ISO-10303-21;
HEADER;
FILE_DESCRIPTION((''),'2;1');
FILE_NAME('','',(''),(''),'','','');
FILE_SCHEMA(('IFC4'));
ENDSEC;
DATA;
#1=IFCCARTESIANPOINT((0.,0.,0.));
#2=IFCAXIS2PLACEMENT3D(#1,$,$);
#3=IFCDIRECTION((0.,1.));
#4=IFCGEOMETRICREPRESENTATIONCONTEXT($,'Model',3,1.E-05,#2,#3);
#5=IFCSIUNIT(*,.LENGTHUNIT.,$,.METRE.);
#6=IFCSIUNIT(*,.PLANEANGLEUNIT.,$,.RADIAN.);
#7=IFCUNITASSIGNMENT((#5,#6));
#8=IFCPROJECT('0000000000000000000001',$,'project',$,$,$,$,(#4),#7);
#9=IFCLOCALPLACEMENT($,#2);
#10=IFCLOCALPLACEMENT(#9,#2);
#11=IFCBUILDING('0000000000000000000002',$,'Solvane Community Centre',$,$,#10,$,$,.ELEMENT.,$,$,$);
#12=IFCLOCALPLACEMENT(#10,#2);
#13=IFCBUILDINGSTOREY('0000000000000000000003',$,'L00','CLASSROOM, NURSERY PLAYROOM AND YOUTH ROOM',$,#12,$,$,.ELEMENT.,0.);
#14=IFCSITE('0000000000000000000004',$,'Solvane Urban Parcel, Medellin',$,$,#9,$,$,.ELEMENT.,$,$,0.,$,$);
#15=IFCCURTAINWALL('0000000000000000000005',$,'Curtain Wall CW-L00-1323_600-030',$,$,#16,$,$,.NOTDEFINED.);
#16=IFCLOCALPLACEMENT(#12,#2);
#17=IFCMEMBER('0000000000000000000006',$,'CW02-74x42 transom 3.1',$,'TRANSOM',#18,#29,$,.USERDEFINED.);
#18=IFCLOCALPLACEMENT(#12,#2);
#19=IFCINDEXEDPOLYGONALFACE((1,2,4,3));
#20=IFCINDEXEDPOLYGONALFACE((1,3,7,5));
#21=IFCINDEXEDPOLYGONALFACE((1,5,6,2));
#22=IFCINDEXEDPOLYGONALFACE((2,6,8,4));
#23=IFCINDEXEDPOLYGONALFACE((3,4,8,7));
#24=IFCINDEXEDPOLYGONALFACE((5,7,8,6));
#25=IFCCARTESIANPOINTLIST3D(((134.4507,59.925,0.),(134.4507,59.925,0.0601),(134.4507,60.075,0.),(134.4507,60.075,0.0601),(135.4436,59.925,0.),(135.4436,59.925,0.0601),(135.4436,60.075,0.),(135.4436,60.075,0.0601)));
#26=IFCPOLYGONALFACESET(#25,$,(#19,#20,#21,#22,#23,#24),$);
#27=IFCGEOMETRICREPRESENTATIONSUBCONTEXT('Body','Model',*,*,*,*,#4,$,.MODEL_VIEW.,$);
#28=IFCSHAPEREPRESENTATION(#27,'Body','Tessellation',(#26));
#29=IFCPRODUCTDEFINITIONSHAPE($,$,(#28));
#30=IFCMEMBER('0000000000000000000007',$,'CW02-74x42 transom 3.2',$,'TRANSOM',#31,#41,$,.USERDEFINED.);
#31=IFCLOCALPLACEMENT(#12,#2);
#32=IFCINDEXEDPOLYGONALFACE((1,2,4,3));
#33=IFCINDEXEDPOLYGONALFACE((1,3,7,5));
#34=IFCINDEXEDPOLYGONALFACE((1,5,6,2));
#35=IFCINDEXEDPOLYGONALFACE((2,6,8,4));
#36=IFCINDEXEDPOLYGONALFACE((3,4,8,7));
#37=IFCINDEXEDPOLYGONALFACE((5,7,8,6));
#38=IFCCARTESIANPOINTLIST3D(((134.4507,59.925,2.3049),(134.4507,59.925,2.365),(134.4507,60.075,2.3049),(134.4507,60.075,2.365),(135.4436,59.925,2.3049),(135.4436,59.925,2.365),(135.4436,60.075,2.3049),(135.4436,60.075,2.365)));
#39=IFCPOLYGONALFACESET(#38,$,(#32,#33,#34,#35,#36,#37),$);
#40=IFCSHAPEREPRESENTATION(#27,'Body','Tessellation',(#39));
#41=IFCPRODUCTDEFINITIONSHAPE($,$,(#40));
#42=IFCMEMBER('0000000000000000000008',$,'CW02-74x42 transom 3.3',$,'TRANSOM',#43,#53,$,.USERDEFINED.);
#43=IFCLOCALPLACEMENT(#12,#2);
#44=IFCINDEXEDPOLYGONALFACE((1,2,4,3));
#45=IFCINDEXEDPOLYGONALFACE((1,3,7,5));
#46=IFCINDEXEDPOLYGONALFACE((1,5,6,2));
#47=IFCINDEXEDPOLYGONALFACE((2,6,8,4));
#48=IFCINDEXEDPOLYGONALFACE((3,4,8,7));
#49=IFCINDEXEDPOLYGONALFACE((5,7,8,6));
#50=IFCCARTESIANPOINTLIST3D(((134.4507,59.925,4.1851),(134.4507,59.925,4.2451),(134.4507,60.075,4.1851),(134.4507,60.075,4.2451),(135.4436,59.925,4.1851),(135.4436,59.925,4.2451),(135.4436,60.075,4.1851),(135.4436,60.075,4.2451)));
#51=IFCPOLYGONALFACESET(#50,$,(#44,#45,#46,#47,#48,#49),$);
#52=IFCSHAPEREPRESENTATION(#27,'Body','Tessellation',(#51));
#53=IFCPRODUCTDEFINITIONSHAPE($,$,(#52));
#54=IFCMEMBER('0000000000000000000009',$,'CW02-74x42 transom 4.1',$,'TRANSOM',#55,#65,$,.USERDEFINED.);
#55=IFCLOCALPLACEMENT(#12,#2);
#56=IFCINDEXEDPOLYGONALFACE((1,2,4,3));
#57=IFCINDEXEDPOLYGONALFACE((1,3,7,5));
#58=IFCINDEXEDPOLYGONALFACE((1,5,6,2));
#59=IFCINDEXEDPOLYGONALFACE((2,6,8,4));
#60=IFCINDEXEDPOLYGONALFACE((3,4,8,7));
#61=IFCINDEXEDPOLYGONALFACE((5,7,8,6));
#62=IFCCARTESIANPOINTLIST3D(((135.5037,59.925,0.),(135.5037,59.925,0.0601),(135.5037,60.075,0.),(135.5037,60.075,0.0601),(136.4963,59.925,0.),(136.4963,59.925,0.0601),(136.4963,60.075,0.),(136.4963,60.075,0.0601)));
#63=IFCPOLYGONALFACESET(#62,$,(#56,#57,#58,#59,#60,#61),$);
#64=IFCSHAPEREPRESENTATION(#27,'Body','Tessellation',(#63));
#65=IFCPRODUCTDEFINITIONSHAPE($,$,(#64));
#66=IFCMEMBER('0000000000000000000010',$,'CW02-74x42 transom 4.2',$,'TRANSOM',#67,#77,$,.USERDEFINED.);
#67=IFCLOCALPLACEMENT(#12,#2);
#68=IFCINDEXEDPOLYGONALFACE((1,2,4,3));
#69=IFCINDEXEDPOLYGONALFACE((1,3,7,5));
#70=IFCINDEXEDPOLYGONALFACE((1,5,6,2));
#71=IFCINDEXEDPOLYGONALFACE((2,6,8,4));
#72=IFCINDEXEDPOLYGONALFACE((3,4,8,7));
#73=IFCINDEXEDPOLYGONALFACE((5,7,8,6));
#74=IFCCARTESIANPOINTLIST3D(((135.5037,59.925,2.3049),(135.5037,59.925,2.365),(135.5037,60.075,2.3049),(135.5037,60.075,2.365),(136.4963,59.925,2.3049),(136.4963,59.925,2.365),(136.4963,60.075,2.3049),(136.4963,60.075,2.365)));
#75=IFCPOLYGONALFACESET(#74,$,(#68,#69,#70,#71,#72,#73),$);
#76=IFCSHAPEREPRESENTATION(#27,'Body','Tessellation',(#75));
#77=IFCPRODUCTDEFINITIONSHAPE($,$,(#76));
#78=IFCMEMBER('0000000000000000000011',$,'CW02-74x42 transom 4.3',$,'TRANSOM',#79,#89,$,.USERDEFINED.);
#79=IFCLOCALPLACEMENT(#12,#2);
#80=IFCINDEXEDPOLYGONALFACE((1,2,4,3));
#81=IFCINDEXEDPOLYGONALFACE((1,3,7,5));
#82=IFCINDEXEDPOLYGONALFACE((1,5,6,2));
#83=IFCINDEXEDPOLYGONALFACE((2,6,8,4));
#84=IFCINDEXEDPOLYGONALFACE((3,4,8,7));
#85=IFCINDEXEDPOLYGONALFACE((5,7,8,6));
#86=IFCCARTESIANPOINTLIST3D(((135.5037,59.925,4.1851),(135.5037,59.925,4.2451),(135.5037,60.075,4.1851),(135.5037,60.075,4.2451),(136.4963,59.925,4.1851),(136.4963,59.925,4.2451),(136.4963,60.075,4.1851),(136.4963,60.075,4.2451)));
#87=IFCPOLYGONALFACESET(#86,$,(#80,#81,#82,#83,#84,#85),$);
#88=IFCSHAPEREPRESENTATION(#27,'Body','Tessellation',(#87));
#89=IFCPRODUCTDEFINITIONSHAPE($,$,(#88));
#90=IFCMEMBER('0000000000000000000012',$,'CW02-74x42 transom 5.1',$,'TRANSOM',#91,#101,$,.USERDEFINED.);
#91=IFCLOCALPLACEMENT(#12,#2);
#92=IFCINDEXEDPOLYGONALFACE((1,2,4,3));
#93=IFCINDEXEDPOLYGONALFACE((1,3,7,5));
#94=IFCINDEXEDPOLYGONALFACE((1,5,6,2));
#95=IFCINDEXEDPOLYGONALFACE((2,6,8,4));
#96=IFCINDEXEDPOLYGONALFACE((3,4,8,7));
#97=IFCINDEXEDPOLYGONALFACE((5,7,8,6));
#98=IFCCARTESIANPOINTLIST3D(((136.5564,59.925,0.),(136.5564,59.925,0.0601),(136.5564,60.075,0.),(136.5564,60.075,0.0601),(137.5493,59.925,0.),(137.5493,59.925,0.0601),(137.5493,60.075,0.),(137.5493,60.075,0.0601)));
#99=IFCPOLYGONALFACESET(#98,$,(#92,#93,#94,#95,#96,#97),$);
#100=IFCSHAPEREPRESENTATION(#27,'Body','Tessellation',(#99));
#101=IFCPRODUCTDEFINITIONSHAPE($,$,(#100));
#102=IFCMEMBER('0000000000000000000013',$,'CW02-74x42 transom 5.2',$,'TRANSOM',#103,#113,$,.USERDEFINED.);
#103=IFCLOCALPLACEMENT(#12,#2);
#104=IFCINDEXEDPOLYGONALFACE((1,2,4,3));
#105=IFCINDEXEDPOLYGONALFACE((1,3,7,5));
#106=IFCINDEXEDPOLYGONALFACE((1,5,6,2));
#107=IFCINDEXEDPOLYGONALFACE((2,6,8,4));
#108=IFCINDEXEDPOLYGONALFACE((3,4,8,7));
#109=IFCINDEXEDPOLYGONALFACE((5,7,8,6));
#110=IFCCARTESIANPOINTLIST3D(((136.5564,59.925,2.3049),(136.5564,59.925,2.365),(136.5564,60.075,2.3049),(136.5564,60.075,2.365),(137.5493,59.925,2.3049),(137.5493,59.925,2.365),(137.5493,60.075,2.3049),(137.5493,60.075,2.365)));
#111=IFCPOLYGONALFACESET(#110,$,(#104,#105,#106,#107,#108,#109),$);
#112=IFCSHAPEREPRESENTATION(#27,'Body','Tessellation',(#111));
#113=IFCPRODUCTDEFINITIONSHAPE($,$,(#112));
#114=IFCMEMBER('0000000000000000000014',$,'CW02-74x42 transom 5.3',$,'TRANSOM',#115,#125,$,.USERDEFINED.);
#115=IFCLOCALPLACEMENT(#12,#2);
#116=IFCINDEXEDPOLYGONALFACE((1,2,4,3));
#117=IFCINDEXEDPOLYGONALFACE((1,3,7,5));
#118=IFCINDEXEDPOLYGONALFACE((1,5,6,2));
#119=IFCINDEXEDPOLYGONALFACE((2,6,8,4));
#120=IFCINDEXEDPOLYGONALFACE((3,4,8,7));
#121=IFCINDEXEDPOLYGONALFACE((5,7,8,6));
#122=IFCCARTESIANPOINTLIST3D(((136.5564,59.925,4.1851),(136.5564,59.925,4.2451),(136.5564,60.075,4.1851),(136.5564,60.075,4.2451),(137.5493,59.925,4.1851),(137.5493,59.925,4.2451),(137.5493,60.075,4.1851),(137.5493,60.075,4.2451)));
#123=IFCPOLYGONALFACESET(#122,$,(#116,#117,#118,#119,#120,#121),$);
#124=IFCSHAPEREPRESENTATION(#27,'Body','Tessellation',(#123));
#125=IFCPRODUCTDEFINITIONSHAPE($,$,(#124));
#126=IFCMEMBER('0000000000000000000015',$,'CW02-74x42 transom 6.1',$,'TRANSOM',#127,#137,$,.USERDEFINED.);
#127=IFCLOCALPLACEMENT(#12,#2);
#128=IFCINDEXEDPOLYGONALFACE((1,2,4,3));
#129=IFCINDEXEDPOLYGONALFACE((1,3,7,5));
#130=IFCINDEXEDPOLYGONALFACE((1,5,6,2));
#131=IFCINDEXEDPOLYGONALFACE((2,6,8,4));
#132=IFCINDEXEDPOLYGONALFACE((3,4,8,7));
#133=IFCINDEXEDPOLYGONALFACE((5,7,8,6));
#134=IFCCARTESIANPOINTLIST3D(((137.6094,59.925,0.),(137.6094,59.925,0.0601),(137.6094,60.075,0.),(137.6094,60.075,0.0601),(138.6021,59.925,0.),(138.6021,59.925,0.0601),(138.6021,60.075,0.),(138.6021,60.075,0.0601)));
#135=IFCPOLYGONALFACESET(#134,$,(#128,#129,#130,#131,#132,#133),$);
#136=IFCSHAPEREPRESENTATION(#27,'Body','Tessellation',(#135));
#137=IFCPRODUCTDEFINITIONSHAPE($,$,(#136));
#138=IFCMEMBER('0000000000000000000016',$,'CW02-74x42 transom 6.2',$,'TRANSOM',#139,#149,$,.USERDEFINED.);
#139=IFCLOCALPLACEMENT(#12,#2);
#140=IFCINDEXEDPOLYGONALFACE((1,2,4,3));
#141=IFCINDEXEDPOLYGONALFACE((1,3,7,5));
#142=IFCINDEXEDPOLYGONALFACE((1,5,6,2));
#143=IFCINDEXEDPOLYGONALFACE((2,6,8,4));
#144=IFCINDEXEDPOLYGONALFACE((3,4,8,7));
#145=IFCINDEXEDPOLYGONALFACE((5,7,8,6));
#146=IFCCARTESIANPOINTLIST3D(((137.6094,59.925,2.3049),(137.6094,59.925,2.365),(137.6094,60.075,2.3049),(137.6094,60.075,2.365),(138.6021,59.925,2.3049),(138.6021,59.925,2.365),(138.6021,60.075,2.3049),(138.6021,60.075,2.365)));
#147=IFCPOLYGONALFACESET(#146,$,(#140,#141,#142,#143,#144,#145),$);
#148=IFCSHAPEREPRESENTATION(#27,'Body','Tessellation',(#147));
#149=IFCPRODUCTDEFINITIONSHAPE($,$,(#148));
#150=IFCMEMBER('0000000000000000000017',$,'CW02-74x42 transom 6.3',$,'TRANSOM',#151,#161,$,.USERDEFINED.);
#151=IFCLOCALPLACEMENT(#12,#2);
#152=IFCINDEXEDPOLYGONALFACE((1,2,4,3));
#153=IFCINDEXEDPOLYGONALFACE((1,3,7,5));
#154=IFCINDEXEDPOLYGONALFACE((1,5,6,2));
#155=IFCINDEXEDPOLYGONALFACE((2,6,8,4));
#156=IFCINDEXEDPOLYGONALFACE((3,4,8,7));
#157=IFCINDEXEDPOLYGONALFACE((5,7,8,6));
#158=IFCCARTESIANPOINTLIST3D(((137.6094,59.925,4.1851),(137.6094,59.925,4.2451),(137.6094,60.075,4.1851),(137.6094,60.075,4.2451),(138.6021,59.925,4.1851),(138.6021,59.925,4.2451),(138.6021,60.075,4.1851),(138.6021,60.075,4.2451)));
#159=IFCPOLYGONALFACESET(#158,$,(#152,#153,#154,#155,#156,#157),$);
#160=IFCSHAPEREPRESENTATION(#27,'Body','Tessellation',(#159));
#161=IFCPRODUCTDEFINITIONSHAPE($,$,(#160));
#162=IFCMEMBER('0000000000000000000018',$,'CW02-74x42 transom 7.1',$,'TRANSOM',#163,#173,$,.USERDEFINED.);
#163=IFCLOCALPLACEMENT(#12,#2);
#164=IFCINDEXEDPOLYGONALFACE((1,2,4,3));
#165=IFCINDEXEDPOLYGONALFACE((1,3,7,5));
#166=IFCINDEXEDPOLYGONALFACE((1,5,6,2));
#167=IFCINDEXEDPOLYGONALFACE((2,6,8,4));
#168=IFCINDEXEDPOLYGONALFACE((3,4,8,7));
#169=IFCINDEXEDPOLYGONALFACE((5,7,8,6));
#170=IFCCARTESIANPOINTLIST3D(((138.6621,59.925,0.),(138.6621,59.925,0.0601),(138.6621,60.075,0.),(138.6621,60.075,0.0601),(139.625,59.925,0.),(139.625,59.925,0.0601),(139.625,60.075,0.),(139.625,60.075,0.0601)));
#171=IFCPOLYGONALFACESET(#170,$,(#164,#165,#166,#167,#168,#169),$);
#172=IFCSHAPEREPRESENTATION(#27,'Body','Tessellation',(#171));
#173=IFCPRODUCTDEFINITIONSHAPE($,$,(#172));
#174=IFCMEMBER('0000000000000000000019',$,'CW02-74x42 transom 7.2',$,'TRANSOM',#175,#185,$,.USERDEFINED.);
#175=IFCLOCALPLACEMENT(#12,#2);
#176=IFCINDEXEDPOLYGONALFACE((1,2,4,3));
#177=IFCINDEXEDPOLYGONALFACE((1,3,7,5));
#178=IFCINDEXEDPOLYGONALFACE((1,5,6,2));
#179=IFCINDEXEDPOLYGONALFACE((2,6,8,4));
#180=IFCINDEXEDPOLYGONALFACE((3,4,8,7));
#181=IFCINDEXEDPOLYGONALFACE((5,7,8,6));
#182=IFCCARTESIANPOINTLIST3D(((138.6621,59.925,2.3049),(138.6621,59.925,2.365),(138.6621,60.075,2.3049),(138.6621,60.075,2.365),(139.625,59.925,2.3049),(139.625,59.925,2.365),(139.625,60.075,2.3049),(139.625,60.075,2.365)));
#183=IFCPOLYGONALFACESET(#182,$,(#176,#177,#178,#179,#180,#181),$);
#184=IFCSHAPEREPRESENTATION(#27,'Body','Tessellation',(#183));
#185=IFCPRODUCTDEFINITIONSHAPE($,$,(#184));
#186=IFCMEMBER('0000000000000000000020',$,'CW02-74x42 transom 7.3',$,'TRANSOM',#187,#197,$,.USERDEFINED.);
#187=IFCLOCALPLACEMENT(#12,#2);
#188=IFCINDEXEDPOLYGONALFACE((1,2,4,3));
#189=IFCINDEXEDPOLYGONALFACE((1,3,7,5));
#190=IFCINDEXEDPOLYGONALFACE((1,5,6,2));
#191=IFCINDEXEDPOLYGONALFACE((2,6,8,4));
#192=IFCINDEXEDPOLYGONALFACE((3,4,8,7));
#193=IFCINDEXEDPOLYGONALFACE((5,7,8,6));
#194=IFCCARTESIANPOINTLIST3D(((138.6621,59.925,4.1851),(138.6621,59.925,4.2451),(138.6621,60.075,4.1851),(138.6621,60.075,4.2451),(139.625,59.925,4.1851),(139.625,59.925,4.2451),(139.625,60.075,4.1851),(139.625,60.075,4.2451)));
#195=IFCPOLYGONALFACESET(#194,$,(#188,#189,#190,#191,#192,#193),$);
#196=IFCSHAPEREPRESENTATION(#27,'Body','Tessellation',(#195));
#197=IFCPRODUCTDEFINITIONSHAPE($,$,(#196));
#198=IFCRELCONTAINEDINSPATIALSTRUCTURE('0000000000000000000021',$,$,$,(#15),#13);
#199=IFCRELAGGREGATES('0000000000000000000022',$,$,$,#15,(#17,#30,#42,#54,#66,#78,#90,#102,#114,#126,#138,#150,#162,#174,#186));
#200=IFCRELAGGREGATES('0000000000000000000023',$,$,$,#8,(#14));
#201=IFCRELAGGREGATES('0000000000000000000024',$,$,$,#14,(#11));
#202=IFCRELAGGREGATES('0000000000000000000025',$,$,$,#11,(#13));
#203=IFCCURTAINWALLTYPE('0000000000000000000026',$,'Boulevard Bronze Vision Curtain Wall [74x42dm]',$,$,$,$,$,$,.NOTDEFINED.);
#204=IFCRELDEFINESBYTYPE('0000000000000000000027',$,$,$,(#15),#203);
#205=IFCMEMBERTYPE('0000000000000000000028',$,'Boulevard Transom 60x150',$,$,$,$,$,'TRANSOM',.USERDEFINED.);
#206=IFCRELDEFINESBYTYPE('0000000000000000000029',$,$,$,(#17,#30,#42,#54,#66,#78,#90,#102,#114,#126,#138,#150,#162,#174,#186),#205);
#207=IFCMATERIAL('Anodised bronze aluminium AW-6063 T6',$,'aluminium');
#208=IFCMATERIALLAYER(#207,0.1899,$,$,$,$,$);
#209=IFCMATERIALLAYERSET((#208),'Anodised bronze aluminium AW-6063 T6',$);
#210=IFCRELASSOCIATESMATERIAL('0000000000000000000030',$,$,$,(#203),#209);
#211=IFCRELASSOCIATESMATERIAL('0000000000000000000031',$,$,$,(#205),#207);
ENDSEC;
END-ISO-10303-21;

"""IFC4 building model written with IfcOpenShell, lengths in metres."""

from ifc_helpers import new_model, si_unit, direction, frame, origin, origin_2d, place, context, subcontext, project, spatial, rectangle, extrude, material, layer, layer_set, material_profile, profile_set, type_object, element, aggregate, save


model = new_model("IFC4")

# Units and contexts
model_context = context("Model", 3, precision=1e-05, world=origin(), true_north=direction((0.0, 1.0)))
body_context = subcontext(model_context, "Body", "Model", "MODEL_VIEW")
ifc_project = project(units=[si_unit("LENGTHUNIT", "METRE"), si_unit("PLANEANGLEUNIT", "RADIAN")], contexts=[model_context])

# Site, building, storey
site_placement = place(None, origin())
site = spatial("IfcSite", under=ifc_project, at=site_placement, Name="Solvane Urban Parcel, Medellin", CompositionType="ELEMENT", RefElevation=0.0)
building_placement = place(site_placement, origin())
building = spatial("IfcBuilding", under=site, at=building_placement, Name="Solvane Community Centre", CompositionType="ELEMENT")
storey_placement = place(building_placement, origin())
storey = spatial("IfcBuildingStorey", under=building, at=storey_placement, Name="L00", Description="CLASSROOM, NURSERY PLAYROOM AND YOUTH ROOM", CompositionType="ELEMENT", Elevation=0.0)

# Curtain wall, members
ifc_material_1 = material(Name="Anodised bronze aluminium AW-6063 T6", Category="aluminium")
ifc_layer_1 = layer(ifc_material_1, 0.1899)
ifc_layer_set_1 = layer_set([ifc_layer_1], Name="Anodised bronze aluminium AW-6063 T6")
curtain_wall_type = type_object("IfcCurtainWallType", Name="Boulevard Bronze Vision Curtain Wall [74x42dm]", PredefinedType="NOTDEFINED", material=ifc_layer_set_1)
curtain_wall_placement = place(storey_placement, origin())
curtain_wall = element("IfcCurtainWall", 1, at=curtain_wall_placement, inside=storey, type_object=curtain_wall_type, Name="Curtain Wall CW-L00-1323_600-030", PredefinedType="NOTDEFINED")
ifc_material_profile_1 = material_profile(ifc_material_1, rectangle(XDim=0.1499, YDim=0.0601, at=origin_2d()), Name="CW-T 60x150")
ifc_profile_set_1 = profile_set([ifc_material_profile_1], Name="Anodised bronze aluminium AW-6063 T6")
member_type_1 = type_object("IfcMemberType", Name="Boulevard Transom 60x150", ElementType="TRANSOM", PredefinedType="USERDEFINED", material=ifc_profile_set_1)
member_1_placement = place(storey_placement, frame((134.4507, 60.0, 0.03), z_axis=(1.0, 0.0, 0.0), x_axis=(0.0, 1.0, 0.0)))
member_1 = element("IfcMember", 2, at=member_1_placement, type_object=member_type_1, Name="CW02-74x42 transom 3.1", ObjectType="TRANSOM", PredefinedType="USERDEFINED", context=body_context, shape_type="SweptSolid", body=[
    extrude(rectangle(XDim=0.1499, YDim=0.0601, at=origin_2d()), origin(), (0.0, 0.0, 1.0), 0.9929),
])
member_2_placement = place(storey_placement, frame((134.4507, 60.0, 2.335), z_axis=(1.0, 0.0, 0.0), x_axis=(0.0, 1.0, 0.0)))
member_2 = element("IfcMember", 3, at=member_2_placement, type_object=member_type_1, Name="CW02-74x42 transom 3.2", ObjectType="TRANSOM", PredefinedType="USERDEFINED", context=body_context, shape_type="SweptSolid", body=[
    extrude(rectangle(XDim=0.1499, YDim=0.0601, at=origin_2d()), origin(), (0.0, 0.0, 1.0), 0.9929),
])
member_3_placement = place(storey_placement, frame((134.4507, 60.0, 4.2151), z_axis=(1.0, 0.0, 0.0), x_axis=(0.0, 1.0, 0.0)))
member_3 = element("IfcMember", 4, at=member_3_placement, type_object=member_type_1, Name="CW02-74x42 transom 3.3", ObjectType="TRANSOM", PredefinedType="USERDEFINED", context=body_context, shape_type="SweptSolid", body=[
    extrude(rectangle(XDim=0.1499, YDim=0.0601, at=origin_2d()), origin(), (0.0, 0.0, 1.0), 0.9929),
])
member_4_placement = place(storey_placement, frame((135.5037, 60.0, 0.03), z_axis=(1.0, 0.0, 0.0), x_axis=(0.0, 1.0, 0.0)))
member_4 = element("IfcMember", 5, at=member_4_placement, type_object=member_type_1, Name="CW02-74x42 transom 4.1", ObjectType="TRANSOM", PredefinedType="USERDEFINED", context=body_context, shape_type="SweptSolid", body=[
    extrude(rectangle(XDim=0.1499, YDim=0.0601, at=origin_2d()), origin(), (0.0, 0.0, 1.0), 0.9927),
])
member_5_placement = place(storey_placement, frame((135.5037, 60.0, 2.335), z_axis=(1.0, 0.0, 0.0), x_axis=(0.0, 1.0, 0.0)))
member_5 = element("IfcMember", 6, at=member_5_placement, type_object=member_type_1, Name="CW02-74x42 transom 4.2", ObjectType="TRANSOM", PredefinedType="USERDEFINED", context=body_context, shape_type="SweptSolid", body=[
    extrude(rectangle(XDim=0.1499, YDim=0.0601, at=origin_2d()), origin(), (0.0, 0.0, 1.0), 0.9927),
])
member_6_placement = place(storey_placement, frame((135.5037, 60.0, 4.2151), z_axis=(1.0, 0.0, 0.0), x_axis=(0.0, 1.0, 0.0)))
member_6 = element("IfcMember", 7, at=member_6_placement, type_object=member_type_1, Name="CW02-74x42 transom 4.3", ObjectType="TRANSOM", PredefinedType="USERDEFINED", context=body_context, shape_type="SweptSolid", body=[
    extrude(rectangle(XDim=0.1499, YDim=0.0601, at=origin_2d()), origin(), (0.0, 0.0, 1.0), 0.9927),
])
member_7_placement = place(storey_placement, frame((136.5564, 60.0, 0.03), z_axis=(1.0, 0.0, 0.0), x_axis=(0.0, 1.0, 0.0)))
member_7 = element("IfcMember", 8, at=member_7_placement, type_object=member_type_1, Name="CW02-74x42 transom 5.1", ObjectType="TRANSOM", PredefinedType="USERDEFINED", context=body_context, shape_type="SweptSolid", body=[
    extrude(rectangle(XDim=0.1499, YDim=0.0601, at=origin_2d()), origin(), (0.0, 0.0, 1.0), 0.9929),
])
member_8_placement = place(storey_placement, frame((136.5564, 60.0, 2.335), z_axis=(1.0, 0.0, 0.0), x_axis=(0.0, 1.0, 0.0)))
member_8 = element("IfcMember", 9, at=member_8_placement, type_object=member_type_1, Name="CW02-74x42 transom 5.2", ObjectType="TRANSOM", PredefinedType="USERDEFINED", context=body_context, shape_type="SweptSolid", body=[
    extrude(rectangle(XDim=0.1499, YDim=0.0601, at=origin_2d()), origin(), (0.0, 0.0, 1.0), 0.9929),
])
member_9_placement = place(storey_placement, frame((136.5564, 60.0, 4.2151), z_axis=(1.0, 0.0, 0.0), x_axis=(0.0, 1.0, 0.0)))
member_9 = element("IfcMember", 10, at=member_9_placement, type_object=member_type_1, Name="CW02-74x42 transom 5.3", ObjectType="TRANSOM", PredefinedType="USERDEFINED", context=body_context, shape_type="SweptSolid", body=[
    extrude(rectangle(XDim=0.1499, YDim=0.0601, at=origin_2d()), origin(), (0.0, 0.0, 1.0), 0.9929),
])
member_10_placement = place(storey_placement, frame((137.6094, 60.0, 0.03), z_axis=(1.0, 0.0, 0.0), x_axis=(0.0, 1.0, 0.0)))
member_10 = element("IfcMember", 11, at=member_10_placement, type_object=member_type_1, Name="CW02-74x42 transom 6.1", ObjectType="TRANSOM", PredefinedType="USERDEFINED", context=body_context, shape_type="SweptSolid", body=[
    extrude(rectangle(XDim=0.1499, YDim=0.0601, at=origin_2d()), origin(), (0.0, 0.0, 1.0), 0.9927),
])
member_11_placement = place(storey_placement, frame((137.6094, 60.0, 2.335), z_axis=(1.0, 0.0, 0.0), x_axis=(0.0, 1.0, 0.0)))
member_11 = element("IfcMember", 12, at=member_11_placement, type_object=member_type_1, Name="CW02-74x42 transom 6.2", ObjectType="TRANSOM", PredefinedType="USERDEFINED", context=body_context, shape_type="SweptSolid", body=[
    extrude(rectangle(XDim=0.1499, YDim=0.0601, at=origin_2d()), origin(), (0.0, 0.0, 1.0), 0.9927),
])
member_12_placement = place(storey_placement, frame((137.6094, 60.0, 4.2151), z_axis=(1.0, 0.0, 0.0), x_axis=(0.0, 1.0, 0.0)))
member_12 = element("IfcMember", 13, at=member_12_placement, type_object=member_type_1, Name="CW02-74x42 transom 6.3", ObjectType="TRANSOM", PredefinedType="USERDEFINED", context=body_context, shape_type="SweptSolid", body=[
    extrude(rectangle(XDim=0.1499, YDim=0.0601, at=origin_2d()), origin(), (0.0, 0.0, 1.0), 0.9927),
])
member_13_placement = place(storey_placement, frame((138.6621, 60.0, 0.03), z_axis=(1.0, 0.0, 0.0), x_axis=(0.0, 1.0, 0.0)))
member_13 = element("IfcMember", 14, at=member_13_placement, type_object=member_type_1, Name="CW02-74x42 transom 7.1", ObjectType="TRANSOM", PredefinedType="USERDEFINED", context=body_context, shape_type="SweptSolid", body=[
    extrude(rectangle(XDim=0.1499, YDim=0.0601, at=origin_2d()), origin(), (0.0, 0.0, 1.0), 0.9629),
])
member_14_placement = place(storey_placement, frame((138.6621, 60.0, 2.335), z_axis=(1.0, 0.0, 0.0), x_axis=(0.0, 1.0, 0.0)))
member_14 = element("IfcMember", 15, at=member_14_placement, type_object=member_type_1, Name="CW02-74x42 transom 7.2", ObjectType="TRANSOM", PredefinedType="USERDEFINED", context=body_context, shape_type="SweptSolid", body=[
    extrude(rectangle(XDim=0.1499, YDim=0.0601, at=origin_2d()), origin(), (0.0, 0.0, 1.0), 0.9629),
])
member_15_placement = place(storey_placement, frame((138.6621, 60.0, 4.2151), z_axis=(1.0, 0.0, 0.0), x_axis=(0.0, 1.0, 0.0)))
member_15 = element("IfcMember", 16, at=member_15_placement, type_object=member_type_1, Name="CW02-74x42 transom 7.3", ObjectType="TRANSOM", PredefinedType="USERDEFINED", context=body_context, shape_type="SweptSolid", body=[
    extrude(rectangle(XDim=0.1499, YDim=0.0601, at=origin_2d()), origin(), (0.0, 0.0, 1.0), 0.9629),
])
aggregate(curtain_wall, [member_1, member_2, member_3, member_4, member_5, member_6, member_7, member_8, member_9, member_10, member_11, member_12, member_13, member_14, member_15])

save(model, "model.ifc")
